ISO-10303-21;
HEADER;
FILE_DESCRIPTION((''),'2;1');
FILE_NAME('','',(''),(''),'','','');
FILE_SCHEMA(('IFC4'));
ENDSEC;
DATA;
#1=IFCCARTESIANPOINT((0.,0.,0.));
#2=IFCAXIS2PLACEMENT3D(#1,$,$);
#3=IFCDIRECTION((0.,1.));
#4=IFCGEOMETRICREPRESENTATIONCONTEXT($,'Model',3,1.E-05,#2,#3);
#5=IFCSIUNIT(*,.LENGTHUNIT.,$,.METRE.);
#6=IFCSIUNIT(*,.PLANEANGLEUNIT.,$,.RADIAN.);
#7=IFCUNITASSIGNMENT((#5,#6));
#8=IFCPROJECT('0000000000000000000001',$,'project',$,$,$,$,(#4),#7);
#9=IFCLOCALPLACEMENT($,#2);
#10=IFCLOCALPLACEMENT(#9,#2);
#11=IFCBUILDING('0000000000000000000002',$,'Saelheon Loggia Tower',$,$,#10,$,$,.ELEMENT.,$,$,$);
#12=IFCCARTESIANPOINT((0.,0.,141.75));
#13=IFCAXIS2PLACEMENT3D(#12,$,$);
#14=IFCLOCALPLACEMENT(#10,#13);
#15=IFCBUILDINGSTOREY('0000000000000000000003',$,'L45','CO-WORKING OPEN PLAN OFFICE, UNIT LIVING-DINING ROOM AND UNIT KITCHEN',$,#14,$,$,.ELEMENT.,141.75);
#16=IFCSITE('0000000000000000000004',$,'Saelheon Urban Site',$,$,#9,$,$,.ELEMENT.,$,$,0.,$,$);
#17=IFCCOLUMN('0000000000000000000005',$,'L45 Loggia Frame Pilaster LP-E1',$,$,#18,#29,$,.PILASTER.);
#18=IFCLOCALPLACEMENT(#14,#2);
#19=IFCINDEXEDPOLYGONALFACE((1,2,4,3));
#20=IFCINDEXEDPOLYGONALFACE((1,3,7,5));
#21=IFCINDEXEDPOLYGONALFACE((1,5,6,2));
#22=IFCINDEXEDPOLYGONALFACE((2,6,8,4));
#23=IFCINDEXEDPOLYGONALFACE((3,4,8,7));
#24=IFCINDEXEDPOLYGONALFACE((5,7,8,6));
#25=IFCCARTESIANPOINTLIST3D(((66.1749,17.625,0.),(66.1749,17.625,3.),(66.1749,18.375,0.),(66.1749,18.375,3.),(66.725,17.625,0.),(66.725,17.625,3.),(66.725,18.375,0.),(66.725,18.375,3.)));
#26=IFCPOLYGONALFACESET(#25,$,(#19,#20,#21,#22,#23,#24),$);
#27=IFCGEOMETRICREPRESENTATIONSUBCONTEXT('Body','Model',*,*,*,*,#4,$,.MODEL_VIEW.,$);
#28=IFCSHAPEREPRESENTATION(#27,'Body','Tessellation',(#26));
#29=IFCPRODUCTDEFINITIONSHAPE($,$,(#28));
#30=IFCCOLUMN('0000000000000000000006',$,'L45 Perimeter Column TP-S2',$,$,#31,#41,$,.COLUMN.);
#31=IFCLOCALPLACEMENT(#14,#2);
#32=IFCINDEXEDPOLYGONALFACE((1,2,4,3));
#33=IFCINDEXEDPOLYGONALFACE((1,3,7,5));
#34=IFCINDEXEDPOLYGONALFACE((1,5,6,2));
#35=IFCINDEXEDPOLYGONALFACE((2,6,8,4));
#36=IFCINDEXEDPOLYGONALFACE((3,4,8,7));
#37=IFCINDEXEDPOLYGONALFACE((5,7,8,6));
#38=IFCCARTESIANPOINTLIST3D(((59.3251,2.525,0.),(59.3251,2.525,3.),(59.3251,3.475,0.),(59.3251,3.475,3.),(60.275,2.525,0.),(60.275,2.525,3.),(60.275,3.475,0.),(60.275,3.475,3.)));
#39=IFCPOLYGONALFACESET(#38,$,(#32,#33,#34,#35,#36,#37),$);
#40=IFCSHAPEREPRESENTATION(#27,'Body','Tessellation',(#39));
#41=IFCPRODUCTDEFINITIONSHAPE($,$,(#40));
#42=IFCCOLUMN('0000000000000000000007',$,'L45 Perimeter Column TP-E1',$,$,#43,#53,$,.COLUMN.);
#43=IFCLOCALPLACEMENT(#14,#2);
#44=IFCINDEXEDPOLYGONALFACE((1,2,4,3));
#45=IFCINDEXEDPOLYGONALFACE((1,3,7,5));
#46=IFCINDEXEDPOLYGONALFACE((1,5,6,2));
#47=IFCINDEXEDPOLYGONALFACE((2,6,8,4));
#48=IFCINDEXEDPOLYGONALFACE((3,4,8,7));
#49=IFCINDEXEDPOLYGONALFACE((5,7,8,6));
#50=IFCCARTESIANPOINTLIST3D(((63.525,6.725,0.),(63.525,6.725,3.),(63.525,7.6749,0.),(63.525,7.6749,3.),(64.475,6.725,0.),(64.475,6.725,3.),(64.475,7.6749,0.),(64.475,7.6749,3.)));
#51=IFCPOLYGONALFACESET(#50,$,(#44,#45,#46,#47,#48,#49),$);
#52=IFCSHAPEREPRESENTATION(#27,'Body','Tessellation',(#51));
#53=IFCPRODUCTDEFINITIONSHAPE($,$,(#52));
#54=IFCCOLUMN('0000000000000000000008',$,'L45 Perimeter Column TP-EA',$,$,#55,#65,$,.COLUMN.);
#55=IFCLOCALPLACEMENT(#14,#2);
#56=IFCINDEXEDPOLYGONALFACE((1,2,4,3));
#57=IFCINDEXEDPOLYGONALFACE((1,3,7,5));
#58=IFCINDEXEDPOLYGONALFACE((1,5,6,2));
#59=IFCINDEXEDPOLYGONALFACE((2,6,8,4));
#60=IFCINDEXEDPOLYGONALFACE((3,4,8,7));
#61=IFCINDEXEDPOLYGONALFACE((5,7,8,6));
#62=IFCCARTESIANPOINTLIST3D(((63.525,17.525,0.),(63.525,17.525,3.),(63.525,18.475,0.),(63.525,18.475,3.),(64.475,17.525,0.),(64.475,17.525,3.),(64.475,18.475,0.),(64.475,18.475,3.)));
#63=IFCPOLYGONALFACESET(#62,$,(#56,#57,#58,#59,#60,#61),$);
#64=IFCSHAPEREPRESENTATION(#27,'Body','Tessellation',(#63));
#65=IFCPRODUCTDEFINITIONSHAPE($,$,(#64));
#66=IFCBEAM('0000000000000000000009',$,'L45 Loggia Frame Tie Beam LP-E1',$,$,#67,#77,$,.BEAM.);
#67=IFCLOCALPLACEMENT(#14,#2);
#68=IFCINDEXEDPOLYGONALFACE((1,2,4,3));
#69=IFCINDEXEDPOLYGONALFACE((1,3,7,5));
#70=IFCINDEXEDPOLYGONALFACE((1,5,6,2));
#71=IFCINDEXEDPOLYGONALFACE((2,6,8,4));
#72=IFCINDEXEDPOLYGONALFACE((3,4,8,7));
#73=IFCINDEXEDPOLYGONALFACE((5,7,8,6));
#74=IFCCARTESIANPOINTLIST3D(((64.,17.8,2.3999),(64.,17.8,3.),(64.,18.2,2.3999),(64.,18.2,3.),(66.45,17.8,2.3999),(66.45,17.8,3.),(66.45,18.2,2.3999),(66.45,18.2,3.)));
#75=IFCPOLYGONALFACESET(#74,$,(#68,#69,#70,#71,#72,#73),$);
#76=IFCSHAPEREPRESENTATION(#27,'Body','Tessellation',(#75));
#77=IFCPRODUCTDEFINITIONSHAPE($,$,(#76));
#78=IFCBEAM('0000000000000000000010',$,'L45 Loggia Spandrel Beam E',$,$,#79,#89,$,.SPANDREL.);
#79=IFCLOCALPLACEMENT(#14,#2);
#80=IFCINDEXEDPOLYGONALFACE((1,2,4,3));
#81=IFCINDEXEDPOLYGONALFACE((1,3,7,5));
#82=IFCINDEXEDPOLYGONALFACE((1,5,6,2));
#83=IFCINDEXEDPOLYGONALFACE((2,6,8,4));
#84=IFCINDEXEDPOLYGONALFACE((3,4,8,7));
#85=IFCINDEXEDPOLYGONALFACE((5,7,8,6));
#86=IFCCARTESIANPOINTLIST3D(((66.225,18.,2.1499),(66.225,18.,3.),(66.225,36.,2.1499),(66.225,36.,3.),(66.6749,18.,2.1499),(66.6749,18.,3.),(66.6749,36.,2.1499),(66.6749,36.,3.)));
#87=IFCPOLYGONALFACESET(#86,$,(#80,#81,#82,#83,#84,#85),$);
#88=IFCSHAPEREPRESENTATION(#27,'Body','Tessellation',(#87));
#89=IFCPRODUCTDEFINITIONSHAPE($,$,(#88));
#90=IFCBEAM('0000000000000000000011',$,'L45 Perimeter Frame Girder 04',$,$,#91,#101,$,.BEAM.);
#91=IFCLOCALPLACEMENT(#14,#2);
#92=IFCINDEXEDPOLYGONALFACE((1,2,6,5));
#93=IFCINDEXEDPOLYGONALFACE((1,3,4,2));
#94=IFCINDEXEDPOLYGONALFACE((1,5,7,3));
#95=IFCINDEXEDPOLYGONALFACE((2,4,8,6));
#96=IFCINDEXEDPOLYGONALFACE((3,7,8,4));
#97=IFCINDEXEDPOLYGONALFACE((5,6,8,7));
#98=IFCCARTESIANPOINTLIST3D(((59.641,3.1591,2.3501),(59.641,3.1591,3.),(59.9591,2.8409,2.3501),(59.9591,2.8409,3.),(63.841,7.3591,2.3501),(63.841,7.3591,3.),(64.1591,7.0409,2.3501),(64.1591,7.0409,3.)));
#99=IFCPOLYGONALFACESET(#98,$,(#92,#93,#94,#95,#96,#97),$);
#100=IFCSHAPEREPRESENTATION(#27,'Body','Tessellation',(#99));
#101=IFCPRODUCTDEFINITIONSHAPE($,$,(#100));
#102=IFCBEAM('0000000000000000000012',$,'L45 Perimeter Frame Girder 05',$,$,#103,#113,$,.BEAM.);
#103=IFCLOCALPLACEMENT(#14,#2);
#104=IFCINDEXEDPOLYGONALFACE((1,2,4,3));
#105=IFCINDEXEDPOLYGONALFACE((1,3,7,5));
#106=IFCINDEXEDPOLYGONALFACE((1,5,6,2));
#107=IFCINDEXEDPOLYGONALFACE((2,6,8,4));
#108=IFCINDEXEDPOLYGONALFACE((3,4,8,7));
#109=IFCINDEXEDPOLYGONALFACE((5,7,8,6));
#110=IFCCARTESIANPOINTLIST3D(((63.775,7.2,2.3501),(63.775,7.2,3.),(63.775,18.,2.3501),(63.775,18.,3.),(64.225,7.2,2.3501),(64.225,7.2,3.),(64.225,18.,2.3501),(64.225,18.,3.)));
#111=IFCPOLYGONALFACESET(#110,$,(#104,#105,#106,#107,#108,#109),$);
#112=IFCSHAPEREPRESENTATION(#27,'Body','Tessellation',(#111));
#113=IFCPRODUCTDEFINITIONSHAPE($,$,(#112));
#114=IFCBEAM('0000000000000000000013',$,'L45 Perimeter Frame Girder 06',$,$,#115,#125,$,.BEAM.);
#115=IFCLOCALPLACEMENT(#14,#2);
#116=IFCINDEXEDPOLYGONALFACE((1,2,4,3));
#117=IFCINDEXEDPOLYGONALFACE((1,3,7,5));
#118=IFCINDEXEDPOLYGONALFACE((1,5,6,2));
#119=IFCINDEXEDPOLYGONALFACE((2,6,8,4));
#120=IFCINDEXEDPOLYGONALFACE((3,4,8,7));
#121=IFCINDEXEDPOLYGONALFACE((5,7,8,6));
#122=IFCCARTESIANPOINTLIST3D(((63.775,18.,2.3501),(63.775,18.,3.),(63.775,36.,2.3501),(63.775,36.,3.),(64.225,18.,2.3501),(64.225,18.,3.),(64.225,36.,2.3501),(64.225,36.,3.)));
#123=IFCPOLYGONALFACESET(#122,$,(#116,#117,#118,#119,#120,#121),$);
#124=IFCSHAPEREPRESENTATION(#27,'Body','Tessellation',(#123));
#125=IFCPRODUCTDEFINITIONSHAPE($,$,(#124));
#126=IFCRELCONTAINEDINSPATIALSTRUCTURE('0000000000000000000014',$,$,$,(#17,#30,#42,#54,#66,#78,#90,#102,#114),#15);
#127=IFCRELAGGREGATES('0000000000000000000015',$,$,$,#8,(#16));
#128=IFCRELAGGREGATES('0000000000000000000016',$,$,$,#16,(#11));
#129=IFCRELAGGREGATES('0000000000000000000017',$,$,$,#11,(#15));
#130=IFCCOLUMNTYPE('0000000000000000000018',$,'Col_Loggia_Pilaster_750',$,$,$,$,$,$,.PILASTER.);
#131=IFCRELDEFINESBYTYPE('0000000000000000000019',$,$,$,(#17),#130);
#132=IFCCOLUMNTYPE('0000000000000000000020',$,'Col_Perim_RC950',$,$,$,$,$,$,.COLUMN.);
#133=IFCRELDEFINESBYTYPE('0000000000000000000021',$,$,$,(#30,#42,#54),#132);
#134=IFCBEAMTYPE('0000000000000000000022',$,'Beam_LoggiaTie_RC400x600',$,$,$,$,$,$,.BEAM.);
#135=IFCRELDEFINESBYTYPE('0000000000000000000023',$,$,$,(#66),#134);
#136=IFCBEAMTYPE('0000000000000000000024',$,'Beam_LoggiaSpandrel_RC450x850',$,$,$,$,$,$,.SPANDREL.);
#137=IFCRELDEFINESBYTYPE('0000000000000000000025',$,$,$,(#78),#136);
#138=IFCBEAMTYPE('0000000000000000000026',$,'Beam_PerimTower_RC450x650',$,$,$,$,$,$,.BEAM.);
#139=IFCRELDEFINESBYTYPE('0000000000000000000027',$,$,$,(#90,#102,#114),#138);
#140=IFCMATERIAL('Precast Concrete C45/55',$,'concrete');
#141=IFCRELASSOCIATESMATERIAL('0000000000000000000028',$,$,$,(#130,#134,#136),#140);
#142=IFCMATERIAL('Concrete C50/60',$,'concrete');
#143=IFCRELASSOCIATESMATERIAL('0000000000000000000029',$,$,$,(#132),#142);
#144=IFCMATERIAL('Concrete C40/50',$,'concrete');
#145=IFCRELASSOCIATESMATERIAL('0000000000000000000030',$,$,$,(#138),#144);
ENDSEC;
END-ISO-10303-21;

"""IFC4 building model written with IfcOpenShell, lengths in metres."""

from ifc_helpers import new_model, si_unit, direction, frame, origin, origin_2d, place, context, subcontext, project, spatial, rectangle, extrude, source, transform, mapped, material, material_profile, profile_set, type_object, element, save


model = new_model("IFC4")

# Units and contexts
model_context = context("Model", 3, precision=1e-05, world=origin(), true_north=direction((0.0, 1.0)))
body_context = subcontext(model_context, "Body", "Model", "MODEL_VIEW")
ifc_project = project(units=[si_unit("LENGTHUNIT", "METRE"), si_unit("PLANEANGLEUNIT", "RADIAN")], contexts=[model_context])

# Site, building, storey
site_placement = place(None, origin())
site = spatial("IfcSite", under=ifc_project, at=site_placement, Name="Saelheon Urban Site", CompositionType="ELEMENT", RefElevation=0.0)
building_placement = place(site_placement, origin())
building = spatial("IfcBuilding", under=site, at=building_placement, Name="Saelheon Loggia Tower", CompositionType="ELEMENT")
storey_placement = place(building_placement, frame((0.0, 0.0, 141.75)))
storey = spatial("IfcBuildingStorey", under=building, at=storey_placement, Name="L45", Description="CO-WORKING OPEN PLAN OFFICE, UNIT LIVING-DINING ROOM AND UNIT KITCHEN", CompositionType="ELEMENT", Elevation=141.75)

# Columns
ifc_material_1 = material(Name="Precast Concrete C45/55", Category="concrete")
ifc_material_profile_1 = material_profile(ifc_material_1, rectangle(XDim=0.55, YDim=0.75, at=origin_2d()), Name="RC-550x750")
ifc_profile_set_1 = profile_set([ifc_material_profile_1], Name="Precast Concrete C45/55")
column_type_1 = type_object("IfcColumnType", Name="Col_Loggia_Pilaster_750", PredefinedType="PILASTER", material=ifc_profile_set_1)
shared_shape_1 = source(origin(), body_context, "Body", "SweptSolid", [
    extrude(rectangle(XDim=0.55, YDim=0.75, at=origin_2d()), origin(), (0.0, 0.0, 1.0), 3.0),
])
column_placement = place(storey_placement, frame((66.45, 18.0, 0.0), z_axis=(0.0, 0.0, 1.0), x_axis=(1.0, 0.0, 0.0)))
element("IfcColumn", 1, at=column_placement, inside=storey, type_object=column_type_1, Name="L45 Loggia Frame Pilaster LP-E1", PredefinedType="PILASTER", context=body_context, shape_type="MappedRepresentation", body=[
    mapped(shared_shape_1, transform((0.0, 0.0, 0.0), scale=1.0)),
])
ifc_material_2 = material(Name="Concrete C50/60", Category="concrete")
ifc_material_profile_2 = material_profile(ifc_material_2, rectangle(XDim=0.95, YDim=0.95, at=origin_2d()), Name="RC-950x950")
ifc_profile_set_2 = profile_set([ifc_material_profile_2], Name="Concrete C50/60")
column_type_2 = type_object("IfcColumnType", Name="Col_Perim_RC950", PredefinedType="COLUMN", material=ifc_profile_set_2)
shared_shape_2 = source(origin(), body_context, "Body", "SweptSolid", [
    extrude(rectangle(XDim=0.95, YDim=0.95, at=origin_2d()), origin(), (0.0, 0.0, 1.0), 3.0),
])
for number, where, z_axis, x_axis, name in (
    (2, (59.8, 3.0, 0.0), (0.0, 0.0, 1.0), (1.0, 0.0, 0.0), "L45 Perimeter Column TP-S2"),
    (3, (64.0, 7.2, 0.0), (0.0, 0.0, 1.0), (1.0, 0.0, 0.0), "L45 Perimeter Column TP-E1"),
    (4, (64.0, 18.0, 0.0), (0.0, 0.0, 1.0), (1.0, 0.0, 0.0), "L45 Perimeter Column TP-EA"),
):
    element("IfcColumn", number, at=place(storey_placement, frame(where, z_axis=z_axis, x_axis=x_axis)), inside=storey, type_object=column_type_2, Name=name, PredefinedType="COLUMN", context=body_context, shape_type="MappedRepresentation", body=[
        mapped(shared_shape_2, transform((0.0, 0.0, 0.0), scale=1.0)),
    ])

# Beams
ifc_material_profile_3 = material_profile(ifc_material_1, rectangle(XDim=0.3999, YDim=0.6001, at=origin_2d()), Name="RC-400x600")
ifc_profile_set_3 = profile_set([ifc_material_profile_3], Name="Precast Concrete C45/55")
beam_type_1 = type_object("IfcBeamType", Name="Beam_LoggiaTie_RC400x600", PredefinedType="BEAM", material=ifc_profile_set_3)
shared_shape_3 = source(origin(), body_context, "Body", "SweptSolid", [
    extrude(rectangle(XDim=0.3999, YDim=0.6001, at=origin_2d()), origin(), (0.0, 0.0, 1.0), 2.45),
])
beam_1_placement = place(storey_placement, frame((64.0, 18.0, 2.7), z_axis=(1.0, 0.0, 0.0), x_axis=(0.0, 1.0, 0.0)))
element("IfcBeam", 5, at=beam_1_placement, inside=storey, type_object=beam_type_1, Name="L45 Loggia Frame Tie Beam LP-E1", PredefinedType="BEAM", context=body_context, shape_type="MappedRepresentation", body=[
    mapped(shared_shape_3, transform((0.0, 0.0, 0.0), scale=1.0)),
])
ifc_material_profile_4 = material_profile(ifc_material_1, rectangle(XDim=0.45, YDim=0.8501, at=origin_2d()), Name="RC-450x850")
ifc_profile_set_4 = profile_set([ifc_material_profile_4], Name="Precast Concrete C45/55")
beam_type_2 = type_object("IfcBeamType", Name="Beam_LoggiaSpandrel_RC450x850", PredefinedType="SPANDREL", material=ifc_profile_set_4)
shared_shape_4 = source(origin(), body_context, "Body", "SweptSolid", [
    extrude(rectangle(XDim=0.45, YDim=0.8501, at=origin_2d()), origin(), (0.0, 0.0, 1.0), 18.0),
])
beam_2_placement = place(storey_placement, frame((66.45, 18.0, 2.575), z_axis=(0.0, 1.0, 0.0), x_axis=(-1.0, 0.0, 0.0)))
element("IfcBeam", 6, at=beam_2_placement, inside=storey, type_object=beam_type_2, Name="L45 Loggia Spandrel Beam E", PredefinedType="SPANDREL", context=body_context, shape_type="MappedRepresentation", body=[
    mapped(shared_shape_4, transform((0.0, 0.0, 0.0), scale=1.0)),
])
ifc_material_3 = material(Name="Concrete C40/50", Category="concrete")
ifc_material_profile_5 = material_profile(ifc_material_3, rectangle(XDim=0.45, YDim=0.6499, at=origin_2d()), Name="RC-450x650")
ifc_profile_set_5 = profile_set([ifc_material_profile_5], Name="Concrete C40/50")
beam_type_3 = type_object("IfcBeamType", Name="Beam_PerimTower_RC450x650", PredefinedType="BEAM", material=ifc_profile_set_5)
shared_shape_5 = source(origin(), body_context, "Body", "SweptSolid", [
    extrude(rectangle(XDim=0.45, YDim=0.6499, at=origin_2d()), origin(), (0.0, 0.0, 1.0), 5.9397),
])
beam_3_placement = place(storey_placement, frame((59.8, 3.0, 2.675), z_axis=(0.707107, 0.707107, 0.0), x_axis=(-0.707107, 0.707107, 0.0)))
element("IfcBeam", 7, at=beam_3_placement, inside=storey, type_object=beam_type_3, Name="L45 Perimeter Frame Girder 04", PredefinedType="BEAM", context=body_context, shape_type="MappedRepresentation", body=[
    mapped(shared_shape_5, transform((0.0, 0.0, 0.0), scale=1.0)),
])
shared_shape_6 = source(origin(), body_context, "Body", "SweptSolid", [
    extrude(rectangle(XDim=0.45, YDim=0.6499, at=origin_2d()), origin(), (0.0, 0.0, 1.0), 10.8),
])
beam_4_placement = place(storey_placement, frame((64.0, 7.2, 2.675), z_axis=(0.0, 1.0, 0.0), x_axis=(-1.0, 0.0, 0.0)))
element("IfcBeam", 8, at=beam_4_placement, inside=storey, type_object=beam_type_3, Name="L45 Perimeter Frame Girder 05", PredefinedType="BEAM", context=body_context, shape_type="MappedRepresentation", body=[
    mapped(shared_shape_6, transform((0.0, 0.0, 0.0), scale=1.0)),
])
shared_shape_7 = source(origin(), body_context, "Body", "SweptSolid", [
    extrude(rectangle(XDim=0.45, YDim=0.6499, at=origin_2d()), origin(), (0.0, 0.0, 1.0), 18.0),
])
beam_5_placement = place(storey_placement, frame((64.0, 18.0, 2.675), z_axis=(0.0, 1.0, 0.0), x_axis=(-1.0, 0.0, 0.0)))
element("IfcBeam", 9, at=beam_5_placement, inside=storey, type_object=beam_type_3, Name="L45 Perimeter Frame Girder 06", PredefinedType="BEAM", context=body_context, shape_type="MappedRepresentation", body=[
    mapped(shared_shape_7, transform((0.0, 0.0, 0.0), scale=1.0)),
])

save(model, "model.ifc")
